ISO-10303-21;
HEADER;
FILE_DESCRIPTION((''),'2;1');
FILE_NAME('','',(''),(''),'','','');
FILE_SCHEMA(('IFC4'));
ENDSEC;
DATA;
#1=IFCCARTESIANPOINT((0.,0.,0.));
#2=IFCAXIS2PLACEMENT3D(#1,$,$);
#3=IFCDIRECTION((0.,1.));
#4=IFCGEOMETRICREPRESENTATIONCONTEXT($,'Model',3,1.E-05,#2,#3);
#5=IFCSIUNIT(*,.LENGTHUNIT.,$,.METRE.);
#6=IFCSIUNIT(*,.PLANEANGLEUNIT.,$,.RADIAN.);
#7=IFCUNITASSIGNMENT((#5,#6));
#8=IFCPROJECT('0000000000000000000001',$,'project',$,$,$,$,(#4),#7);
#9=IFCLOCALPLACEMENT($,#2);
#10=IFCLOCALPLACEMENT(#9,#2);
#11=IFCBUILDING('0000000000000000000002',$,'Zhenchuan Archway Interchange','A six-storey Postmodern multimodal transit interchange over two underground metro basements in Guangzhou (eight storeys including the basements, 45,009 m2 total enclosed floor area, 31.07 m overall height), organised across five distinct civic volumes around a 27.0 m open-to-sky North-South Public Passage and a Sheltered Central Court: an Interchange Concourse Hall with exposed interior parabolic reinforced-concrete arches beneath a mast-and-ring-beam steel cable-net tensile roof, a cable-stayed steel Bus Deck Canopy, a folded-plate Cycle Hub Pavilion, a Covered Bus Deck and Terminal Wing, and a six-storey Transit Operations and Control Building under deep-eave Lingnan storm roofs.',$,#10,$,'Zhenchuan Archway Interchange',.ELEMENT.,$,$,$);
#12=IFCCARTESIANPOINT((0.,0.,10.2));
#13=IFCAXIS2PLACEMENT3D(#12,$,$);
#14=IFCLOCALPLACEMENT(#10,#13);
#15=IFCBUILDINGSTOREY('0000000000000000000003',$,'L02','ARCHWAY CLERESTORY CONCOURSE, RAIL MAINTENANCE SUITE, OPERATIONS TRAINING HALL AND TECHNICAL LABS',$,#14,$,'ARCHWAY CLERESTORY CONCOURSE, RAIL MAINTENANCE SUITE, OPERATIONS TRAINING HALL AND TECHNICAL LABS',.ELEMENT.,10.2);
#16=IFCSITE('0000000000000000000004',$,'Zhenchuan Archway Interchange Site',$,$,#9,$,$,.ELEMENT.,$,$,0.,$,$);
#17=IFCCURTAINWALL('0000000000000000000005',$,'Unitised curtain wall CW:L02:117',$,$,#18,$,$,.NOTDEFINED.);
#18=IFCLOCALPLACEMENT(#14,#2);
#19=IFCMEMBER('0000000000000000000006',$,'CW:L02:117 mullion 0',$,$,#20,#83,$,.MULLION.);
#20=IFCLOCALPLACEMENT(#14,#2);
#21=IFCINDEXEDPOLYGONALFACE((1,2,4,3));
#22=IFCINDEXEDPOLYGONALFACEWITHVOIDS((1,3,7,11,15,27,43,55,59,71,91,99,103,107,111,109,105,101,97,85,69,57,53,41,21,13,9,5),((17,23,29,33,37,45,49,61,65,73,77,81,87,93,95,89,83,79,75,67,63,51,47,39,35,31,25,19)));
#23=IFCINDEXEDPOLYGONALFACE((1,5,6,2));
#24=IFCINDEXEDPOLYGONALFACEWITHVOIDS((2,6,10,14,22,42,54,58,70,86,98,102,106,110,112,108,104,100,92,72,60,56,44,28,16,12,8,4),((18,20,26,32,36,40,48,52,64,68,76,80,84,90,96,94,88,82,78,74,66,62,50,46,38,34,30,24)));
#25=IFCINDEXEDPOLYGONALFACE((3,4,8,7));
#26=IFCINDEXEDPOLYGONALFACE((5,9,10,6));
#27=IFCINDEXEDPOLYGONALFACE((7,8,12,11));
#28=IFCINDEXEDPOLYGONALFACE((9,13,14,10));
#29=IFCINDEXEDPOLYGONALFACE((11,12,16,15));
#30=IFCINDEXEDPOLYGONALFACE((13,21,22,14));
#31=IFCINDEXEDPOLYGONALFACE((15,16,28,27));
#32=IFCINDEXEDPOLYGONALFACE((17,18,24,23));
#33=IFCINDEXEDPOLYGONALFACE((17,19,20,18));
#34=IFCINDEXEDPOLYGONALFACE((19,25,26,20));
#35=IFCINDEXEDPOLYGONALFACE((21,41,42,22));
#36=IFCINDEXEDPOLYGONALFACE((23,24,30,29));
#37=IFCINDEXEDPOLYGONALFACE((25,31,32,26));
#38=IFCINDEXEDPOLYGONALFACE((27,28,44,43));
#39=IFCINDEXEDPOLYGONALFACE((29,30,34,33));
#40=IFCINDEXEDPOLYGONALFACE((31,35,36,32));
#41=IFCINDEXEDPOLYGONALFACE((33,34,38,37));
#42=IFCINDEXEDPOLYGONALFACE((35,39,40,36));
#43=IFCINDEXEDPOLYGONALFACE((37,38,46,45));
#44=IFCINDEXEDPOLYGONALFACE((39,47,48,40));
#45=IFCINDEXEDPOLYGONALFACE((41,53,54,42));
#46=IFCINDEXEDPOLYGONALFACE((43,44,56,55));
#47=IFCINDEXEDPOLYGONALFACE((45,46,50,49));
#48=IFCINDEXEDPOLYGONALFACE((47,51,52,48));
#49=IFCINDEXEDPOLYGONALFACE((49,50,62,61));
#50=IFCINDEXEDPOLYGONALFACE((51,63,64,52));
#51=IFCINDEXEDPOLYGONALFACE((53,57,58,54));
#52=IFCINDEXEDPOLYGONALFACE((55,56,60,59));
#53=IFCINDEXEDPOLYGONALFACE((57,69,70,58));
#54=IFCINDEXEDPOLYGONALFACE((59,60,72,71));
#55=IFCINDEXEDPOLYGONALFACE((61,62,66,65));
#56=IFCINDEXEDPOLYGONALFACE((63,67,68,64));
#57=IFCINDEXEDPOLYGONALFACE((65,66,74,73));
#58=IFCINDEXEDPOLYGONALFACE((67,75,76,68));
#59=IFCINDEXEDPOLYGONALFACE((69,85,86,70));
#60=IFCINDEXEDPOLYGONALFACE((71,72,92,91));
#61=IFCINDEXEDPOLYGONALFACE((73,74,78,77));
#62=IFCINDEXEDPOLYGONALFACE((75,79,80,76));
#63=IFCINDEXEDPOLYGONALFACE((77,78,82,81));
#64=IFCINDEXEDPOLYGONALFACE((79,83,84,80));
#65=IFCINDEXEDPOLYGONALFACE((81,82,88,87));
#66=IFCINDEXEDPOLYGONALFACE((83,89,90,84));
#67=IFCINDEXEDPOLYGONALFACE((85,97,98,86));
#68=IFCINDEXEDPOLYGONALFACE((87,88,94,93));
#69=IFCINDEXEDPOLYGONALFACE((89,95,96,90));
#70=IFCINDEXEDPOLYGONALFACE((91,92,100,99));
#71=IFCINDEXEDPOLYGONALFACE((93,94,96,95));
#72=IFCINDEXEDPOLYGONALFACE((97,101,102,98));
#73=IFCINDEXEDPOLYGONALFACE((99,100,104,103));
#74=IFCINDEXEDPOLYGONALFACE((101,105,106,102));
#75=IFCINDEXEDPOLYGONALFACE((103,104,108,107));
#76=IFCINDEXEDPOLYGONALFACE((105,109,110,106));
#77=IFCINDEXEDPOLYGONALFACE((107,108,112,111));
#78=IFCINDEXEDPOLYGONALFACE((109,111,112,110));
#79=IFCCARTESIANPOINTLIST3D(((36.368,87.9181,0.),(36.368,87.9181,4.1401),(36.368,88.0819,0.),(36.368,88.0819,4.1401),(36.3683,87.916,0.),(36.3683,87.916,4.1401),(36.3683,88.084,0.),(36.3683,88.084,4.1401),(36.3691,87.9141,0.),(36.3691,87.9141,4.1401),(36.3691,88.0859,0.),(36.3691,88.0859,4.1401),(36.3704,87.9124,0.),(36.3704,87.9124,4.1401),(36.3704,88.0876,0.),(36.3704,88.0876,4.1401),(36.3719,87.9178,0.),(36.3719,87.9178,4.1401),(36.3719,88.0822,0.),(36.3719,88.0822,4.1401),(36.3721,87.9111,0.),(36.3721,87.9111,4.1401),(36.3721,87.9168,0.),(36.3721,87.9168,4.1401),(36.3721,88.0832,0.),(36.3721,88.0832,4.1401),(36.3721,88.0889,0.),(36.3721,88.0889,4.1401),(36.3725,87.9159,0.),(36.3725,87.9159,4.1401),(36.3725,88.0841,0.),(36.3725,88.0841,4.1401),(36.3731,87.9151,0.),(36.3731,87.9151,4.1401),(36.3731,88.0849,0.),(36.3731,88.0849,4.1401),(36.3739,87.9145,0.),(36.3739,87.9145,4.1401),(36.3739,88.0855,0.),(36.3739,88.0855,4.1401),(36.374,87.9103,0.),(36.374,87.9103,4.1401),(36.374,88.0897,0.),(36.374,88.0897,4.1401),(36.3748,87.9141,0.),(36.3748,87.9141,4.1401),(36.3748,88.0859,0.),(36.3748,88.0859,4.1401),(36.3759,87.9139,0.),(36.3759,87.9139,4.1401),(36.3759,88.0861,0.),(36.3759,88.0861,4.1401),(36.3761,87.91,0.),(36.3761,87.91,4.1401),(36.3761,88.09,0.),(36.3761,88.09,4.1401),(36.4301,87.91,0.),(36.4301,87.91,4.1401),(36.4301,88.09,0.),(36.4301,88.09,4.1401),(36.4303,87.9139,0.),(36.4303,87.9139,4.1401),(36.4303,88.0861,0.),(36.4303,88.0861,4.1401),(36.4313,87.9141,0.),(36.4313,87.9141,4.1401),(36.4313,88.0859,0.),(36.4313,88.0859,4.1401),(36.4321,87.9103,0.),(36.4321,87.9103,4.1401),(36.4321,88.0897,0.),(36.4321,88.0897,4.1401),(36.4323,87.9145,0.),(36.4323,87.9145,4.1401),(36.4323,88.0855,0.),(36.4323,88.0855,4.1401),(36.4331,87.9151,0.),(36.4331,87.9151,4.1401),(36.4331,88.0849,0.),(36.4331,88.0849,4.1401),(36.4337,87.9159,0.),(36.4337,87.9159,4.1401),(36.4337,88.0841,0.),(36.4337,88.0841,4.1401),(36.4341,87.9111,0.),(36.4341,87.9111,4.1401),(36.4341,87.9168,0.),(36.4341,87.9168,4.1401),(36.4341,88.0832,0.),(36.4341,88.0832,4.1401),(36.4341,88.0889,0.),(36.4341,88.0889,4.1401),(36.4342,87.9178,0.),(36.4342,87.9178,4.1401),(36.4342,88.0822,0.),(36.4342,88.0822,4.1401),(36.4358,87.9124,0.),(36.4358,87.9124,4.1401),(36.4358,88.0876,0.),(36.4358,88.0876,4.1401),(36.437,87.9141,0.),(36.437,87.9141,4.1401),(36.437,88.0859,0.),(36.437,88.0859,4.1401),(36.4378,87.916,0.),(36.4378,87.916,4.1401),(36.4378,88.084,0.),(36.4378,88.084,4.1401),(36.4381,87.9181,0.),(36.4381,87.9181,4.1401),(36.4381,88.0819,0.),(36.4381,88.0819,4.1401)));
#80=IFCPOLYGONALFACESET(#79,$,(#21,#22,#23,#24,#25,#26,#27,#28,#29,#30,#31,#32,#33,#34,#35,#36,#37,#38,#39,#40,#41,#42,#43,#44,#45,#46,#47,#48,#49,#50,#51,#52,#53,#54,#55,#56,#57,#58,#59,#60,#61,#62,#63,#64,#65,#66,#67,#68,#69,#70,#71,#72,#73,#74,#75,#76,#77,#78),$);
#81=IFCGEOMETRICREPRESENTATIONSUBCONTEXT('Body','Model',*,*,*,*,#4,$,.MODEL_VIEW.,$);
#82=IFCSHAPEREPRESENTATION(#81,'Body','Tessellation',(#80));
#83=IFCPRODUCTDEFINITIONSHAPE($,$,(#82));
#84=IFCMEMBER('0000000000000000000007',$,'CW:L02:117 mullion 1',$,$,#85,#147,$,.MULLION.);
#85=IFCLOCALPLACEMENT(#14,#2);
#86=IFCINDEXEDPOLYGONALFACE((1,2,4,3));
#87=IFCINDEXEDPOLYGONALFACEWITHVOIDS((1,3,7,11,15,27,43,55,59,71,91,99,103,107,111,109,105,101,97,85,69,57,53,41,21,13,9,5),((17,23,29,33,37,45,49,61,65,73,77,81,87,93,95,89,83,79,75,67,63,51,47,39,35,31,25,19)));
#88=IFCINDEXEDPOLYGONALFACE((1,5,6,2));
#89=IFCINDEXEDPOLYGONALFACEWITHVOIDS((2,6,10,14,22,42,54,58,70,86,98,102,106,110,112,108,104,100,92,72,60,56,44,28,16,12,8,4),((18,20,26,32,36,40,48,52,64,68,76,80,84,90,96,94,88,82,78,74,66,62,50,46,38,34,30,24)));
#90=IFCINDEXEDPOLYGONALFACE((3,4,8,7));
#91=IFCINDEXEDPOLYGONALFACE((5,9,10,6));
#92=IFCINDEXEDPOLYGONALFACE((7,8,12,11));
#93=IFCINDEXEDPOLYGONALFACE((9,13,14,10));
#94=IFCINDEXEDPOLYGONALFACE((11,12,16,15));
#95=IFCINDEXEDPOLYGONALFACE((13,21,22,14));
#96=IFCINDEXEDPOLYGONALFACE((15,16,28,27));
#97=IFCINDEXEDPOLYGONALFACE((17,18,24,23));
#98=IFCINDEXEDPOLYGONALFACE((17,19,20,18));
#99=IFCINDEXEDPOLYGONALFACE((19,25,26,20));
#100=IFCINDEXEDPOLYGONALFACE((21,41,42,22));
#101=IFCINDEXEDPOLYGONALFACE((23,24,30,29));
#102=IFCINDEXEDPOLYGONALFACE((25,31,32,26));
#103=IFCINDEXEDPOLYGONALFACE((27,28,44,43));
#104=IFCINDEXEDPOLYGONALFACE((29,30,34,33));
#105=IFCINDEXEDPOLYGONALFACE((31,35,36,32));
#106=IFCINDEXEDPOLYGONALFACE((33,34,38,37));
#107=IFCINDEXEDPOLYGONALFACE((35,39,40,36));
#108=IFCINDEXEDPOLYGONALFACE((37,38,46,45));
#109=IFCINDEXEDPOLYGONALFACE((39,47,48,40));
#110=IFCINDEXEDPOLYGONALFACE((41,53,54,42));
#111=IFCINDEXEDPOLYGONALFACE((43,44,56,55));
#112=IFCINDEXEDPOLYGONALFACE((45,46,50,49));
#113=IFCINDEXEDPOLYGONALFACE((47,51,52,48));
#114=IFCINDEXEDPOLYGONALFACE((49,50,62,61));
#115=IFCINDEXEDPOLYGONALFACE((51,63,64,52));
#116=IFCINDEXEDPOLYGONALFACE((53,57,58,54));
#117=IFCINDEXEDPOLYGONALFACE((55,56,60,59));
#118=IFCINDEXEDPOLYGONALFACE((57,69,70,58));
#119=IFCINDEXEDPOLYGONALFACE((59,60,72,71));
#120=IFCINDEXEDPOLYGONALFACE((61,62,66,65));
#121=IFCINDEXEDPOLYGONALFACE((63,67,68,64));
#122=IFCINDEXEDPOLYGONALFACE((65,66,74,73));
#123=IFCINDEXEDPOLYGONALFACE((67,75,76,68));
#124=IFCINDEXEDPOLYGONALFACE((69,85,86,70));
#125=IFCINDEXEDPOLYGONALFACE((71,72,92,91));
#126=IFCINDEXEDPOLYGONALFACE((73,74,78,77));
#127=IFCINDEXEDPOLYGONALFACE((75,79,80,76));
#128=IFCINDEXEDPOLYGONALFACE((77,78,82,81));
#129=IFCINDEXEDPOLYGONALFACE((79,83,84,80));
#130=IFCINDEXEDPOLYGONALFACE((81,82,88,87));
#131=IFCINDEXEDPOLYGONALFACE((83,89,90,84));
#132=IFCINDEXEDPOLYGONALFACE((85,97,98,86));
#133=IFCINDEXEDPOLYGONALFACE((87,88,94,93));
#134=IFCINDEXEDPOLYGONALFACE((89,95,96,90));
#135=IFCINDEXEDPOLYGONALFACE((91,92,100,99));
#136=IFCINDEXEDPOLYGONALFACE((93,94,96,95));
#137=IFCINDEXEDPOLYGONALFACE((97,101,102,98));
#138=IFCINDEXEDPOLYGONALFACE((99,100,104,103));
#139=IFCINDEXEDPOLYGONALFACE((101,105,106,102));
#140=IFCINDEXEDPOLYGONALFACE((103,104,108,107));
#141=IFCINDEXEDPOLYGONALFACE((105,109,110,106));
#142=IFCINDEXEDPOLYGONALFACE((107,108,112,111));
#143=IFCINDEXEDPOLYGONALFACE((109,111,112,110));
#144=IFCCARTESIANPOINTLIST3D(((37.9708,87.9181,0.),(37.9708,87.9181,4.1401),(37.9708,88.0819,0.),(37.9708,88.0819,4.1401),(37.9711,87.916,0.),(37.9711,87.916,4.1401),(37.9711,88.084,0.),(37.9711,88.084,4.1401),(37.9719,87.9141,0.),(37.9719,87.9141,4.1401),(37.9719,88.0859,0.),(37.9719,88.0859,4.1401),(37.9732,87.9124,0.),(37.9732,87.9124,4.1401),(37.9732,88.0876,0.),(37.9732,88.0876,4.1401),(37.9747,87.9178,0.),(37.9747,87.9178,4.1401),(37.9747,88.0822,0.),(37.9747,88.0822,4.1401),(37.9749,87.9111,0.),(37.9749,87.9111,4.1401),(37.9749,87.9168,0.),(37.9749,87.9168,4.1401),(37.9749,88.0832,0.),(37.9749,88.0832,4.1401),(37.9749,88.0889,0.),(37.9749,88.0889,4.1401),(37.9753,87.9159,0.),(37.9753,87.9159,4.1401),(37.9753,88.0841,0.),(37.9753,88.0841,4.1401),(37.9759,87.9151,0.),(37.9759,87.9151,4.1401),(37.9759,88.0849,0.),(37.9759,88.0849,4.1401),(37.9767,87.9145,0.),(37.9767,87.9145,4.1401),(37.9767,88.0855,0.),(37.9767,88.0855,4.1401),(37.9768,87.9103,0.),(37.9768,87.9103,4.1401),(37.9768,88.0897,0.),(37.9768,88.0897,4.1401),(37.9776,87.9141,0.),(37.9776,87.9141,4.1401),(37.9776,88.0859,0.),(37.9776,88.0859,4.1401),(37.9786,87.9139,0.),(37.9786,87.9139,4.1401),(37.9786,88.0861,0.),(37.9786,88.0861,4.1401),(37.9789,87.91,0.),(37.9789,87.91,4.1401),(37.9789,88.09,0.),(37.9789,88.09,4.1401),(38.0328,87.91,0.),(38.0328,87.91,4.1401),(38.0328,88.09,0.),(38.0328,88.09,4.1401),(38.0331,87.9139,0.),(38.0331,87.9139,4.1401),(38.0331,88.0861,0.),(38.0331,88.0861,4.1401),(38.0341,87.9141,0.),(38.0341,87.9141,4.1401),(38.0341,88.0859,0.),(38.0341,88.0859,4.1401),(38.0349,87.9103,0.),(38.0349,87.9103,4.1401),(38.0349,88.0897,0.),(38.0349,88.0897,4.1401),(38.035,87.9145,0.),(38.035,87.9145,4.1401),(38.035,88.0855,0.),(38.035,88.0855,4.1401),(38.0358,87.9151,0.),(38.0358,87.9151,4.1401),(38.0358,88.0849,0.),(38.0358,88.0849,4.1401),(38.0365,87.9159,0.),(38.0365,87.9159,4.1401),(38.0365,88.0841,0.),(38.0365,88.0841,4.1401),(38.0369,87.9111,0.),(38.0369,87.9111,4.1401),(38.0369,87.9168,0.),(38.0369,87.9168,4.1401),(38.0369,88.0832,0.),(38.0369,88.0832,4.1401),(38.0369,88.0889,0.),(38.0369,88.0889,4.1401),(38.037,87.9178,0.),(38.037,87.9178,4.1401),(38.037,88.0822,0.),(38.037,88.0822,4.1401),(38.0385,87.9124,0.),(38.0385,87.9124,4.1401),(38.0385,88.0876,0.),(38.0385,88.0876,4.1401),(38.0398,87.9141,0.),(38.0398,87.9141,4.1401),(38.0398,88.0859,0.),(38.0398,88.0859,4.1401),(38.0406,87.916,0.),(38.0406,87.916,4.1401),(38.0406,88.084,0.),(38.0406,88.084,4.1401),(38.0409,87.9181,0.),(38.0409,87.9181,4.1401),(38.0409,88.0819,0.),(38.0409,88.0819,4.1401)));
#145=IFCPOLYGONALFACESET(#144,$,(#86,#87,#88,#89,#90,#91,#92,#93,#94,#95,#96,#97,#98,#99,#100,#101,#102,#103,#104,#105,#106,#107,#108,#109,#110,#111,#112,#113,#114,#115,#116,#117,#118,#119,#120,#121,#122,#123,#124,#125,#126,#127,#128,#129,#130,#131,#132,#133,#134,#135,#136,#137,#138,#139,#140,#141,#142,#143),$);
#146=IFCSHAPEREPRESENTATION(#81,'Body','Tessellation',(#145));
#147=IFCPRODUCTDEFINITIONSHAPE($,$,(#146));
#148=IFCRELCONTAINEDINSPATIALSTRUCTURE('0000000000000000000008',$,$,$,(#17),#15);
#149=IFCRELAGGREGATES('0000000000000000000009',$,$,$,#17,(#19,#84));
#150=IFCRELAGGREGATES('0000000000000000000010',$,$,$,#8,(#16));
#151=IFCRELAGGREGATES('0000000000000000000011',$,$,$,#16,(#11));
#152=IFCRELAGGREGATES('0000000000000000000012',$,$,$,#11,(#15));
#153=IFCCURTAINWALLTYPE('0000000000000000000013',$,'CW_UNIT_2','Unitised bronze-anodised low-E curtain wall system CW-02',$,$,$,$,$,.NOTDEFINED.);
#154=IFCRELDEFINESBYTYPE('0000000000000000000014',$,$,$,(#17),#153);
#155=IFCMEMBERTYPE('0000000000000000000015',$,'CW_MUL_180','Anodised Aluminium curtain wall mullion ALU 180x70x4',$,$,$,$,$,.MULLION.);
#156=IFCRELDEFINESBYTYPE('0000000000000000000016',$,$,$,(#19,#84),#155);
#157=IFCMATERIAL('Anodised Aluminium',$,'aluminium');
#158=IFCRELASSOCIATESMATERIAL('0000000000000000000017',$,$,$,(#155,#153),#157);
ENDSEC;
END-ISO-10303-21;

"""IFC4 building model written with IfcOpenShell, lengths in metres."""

from ifc_helpers import new_model, si_unit, direction, frame, origin, origin_2d, place, context, subcontext, project, spatial, hollow_rectangle, extrude, material, material_profile, profile_set, type_object, element, aggregate, save


model = new_model("IFC4")

# Units and contexts
model_context = context("Model", 3, precision=1e-05, world=origin(), true_north=direction((0.0, 1.0)))
body_context = subcontext(model_context, "Body", "Model", "MODEL_VIEW")
ifc_project = project(units=[si_unit("LENGTHUNIT", "METRE"), si_unit("PLANEANGLEUNIT", "RADIAN")], contexts=[model_context])

# Site, building, storey
site_placement = place(None, origin())
site = spatial("IfcSite", under=ifc_project, at=site_placement, Name="Zhenchuan Archway Interchange Site", CompositionType="ELEMENT", RefElevation=0.0)
building_placement = place(site_placement, origin())
building = spatial("IfcBuilding", under=site, at=building_placement, Name="Zhenchuan Archway Interchange", Description="A six-storey Postmodern multimodal transit interchange over two underground metro basements in Guangzhou (eight storeys including the basements, 45,009 m2 total enclosed floor area, 31.07 m overall height), organised across five distinct civic volumes around a 27.0 m open-to-sky North-South Public Passage and a Sheltered Central Court: an Interchange Concourse Hall with exposed interior parabolic reinforced-concrete arches beneath a mast-and-ring-beam steel cable-net tensile roof, a cable-stayed steel Bus Deck Canopy, a folded-plate Cycle Hub Pavilion, a Covered Bus Deck and Terminal Wing, and a six-storey Transit Operations and Control Building under deep-eave Lingnan storm roofs.", LongName="Zhenchuan Archway Interchange", CompositionType="ELEMENT")
storey_placement = place(building_placement, frame((0.0, 0.0, 10.2)))
storey = spatial("IfcBuildingStorey", under=building, at=storey_placement, Name="L02", Description="ARCHWAY CLERESTORY CONCOURSE, RAIL MAINTENANCE SUITE, OPERATIONS TRAINING HALL AND TECHNICAL LABS", LongName="ARCHWAY CLERESTORY CONCOURSE, RAIL MAINTENANCE SUITE, OPERATIONS TRAINING HALL AND TECHNICAL LABS", CompositionType="ELEMENT", Elevation=10.2)

# Curtain wall, members
ifc_material_1 = material(Name="Anodised Aluminium", Category="aluminium")
ifc_material_profile_1 = material_profile(ifc_material_1, hollow_rectangle(XDim=0.0701, YDim=0.1799, WallThickness=0.0039, InnerFilletRadius=0.0039, OuterFilletRadius=0.0081, at=origin_2d()), Name="ALU 180x70x4")
ifc_profile_set_1 = profile_set([ifc_material_profile_1], Name="Anodised Aluminium")
member_type_1 = type_object("IfcMemberType", Name="CW_MUL_180", Description="Anodised Aluminium curtain wall mullion ALU 180x70x4", PredefinedType="MULLION", material=ifc_profile_set_1)
curtain_wall_type_1 = type_object("IfcCurtainWallType", Name="CW_UNIT_2", Description="Unitised bronze-anodised low-E curtain wall system CW-02", PredefinedType="NOTDEFINED", material=ifc_material_1)
curtain_wall_1_placement = place(storey_placement, origin())
curtain_wall_1 = element("IfcCurtainWall", 1, at=curtain_wall_1_placement, inside=storey, type_object=curtain_wall_type_1, Name="Unitised curtain wall CW:L02:117", PredefinedType="NOTDEFINED")
member_1_placement = place(storey_placement, frame((36.4031, 88.0, 0.0), z_axis=(0.0, 0.0, 1.0), x_axis=(1.0, 0.0, 0.0)))
member_1 = element("IfcMember", 2, at=member_1_placement, type_object=member_type_1, Name="CW:L02:117 mullion 0", PredefinedType="MULLION", context=body_context, shape_type="SweptSolid", body=[
    extrude(hollow_rectangle(XDim=0.0701, YDim=0.1799, WallThickness=0.0039, InnerFilletRadius=0.0039, OuterFilletRadius=0.0081, at=origin_2d()), origin(), (0.0, 0.0, 1.0), 4.1401),
])
member_2_placement = place(storey_placement, frame((38.0059, 88.0, 0.0), z_axis=(0.0, 0.0, 1.0), x_axis=(1.0, 0.0, 0.0)))
member_2 = element("IfcMember", 3, at=member_2_placement, type_object=member_type_1, Name="CW:L02:117 mullion 1", PredefinedType="MULLION", context=body_context, shape_type="SweptSolid", body=[
    extrude(hollow_rectangle(XDim=0.0701, YDim=0.1799, WallThickness=0.0039, InnerFilletRadius=0.0039, OuterFilletRadius=0.0081, at=origin_2d()), origin(), (0.0, 0.0, 1.0), 4.1401),
])

aggregate(curtain_wall_1, [member_1, member_2])

save(model, "model.ifc")
